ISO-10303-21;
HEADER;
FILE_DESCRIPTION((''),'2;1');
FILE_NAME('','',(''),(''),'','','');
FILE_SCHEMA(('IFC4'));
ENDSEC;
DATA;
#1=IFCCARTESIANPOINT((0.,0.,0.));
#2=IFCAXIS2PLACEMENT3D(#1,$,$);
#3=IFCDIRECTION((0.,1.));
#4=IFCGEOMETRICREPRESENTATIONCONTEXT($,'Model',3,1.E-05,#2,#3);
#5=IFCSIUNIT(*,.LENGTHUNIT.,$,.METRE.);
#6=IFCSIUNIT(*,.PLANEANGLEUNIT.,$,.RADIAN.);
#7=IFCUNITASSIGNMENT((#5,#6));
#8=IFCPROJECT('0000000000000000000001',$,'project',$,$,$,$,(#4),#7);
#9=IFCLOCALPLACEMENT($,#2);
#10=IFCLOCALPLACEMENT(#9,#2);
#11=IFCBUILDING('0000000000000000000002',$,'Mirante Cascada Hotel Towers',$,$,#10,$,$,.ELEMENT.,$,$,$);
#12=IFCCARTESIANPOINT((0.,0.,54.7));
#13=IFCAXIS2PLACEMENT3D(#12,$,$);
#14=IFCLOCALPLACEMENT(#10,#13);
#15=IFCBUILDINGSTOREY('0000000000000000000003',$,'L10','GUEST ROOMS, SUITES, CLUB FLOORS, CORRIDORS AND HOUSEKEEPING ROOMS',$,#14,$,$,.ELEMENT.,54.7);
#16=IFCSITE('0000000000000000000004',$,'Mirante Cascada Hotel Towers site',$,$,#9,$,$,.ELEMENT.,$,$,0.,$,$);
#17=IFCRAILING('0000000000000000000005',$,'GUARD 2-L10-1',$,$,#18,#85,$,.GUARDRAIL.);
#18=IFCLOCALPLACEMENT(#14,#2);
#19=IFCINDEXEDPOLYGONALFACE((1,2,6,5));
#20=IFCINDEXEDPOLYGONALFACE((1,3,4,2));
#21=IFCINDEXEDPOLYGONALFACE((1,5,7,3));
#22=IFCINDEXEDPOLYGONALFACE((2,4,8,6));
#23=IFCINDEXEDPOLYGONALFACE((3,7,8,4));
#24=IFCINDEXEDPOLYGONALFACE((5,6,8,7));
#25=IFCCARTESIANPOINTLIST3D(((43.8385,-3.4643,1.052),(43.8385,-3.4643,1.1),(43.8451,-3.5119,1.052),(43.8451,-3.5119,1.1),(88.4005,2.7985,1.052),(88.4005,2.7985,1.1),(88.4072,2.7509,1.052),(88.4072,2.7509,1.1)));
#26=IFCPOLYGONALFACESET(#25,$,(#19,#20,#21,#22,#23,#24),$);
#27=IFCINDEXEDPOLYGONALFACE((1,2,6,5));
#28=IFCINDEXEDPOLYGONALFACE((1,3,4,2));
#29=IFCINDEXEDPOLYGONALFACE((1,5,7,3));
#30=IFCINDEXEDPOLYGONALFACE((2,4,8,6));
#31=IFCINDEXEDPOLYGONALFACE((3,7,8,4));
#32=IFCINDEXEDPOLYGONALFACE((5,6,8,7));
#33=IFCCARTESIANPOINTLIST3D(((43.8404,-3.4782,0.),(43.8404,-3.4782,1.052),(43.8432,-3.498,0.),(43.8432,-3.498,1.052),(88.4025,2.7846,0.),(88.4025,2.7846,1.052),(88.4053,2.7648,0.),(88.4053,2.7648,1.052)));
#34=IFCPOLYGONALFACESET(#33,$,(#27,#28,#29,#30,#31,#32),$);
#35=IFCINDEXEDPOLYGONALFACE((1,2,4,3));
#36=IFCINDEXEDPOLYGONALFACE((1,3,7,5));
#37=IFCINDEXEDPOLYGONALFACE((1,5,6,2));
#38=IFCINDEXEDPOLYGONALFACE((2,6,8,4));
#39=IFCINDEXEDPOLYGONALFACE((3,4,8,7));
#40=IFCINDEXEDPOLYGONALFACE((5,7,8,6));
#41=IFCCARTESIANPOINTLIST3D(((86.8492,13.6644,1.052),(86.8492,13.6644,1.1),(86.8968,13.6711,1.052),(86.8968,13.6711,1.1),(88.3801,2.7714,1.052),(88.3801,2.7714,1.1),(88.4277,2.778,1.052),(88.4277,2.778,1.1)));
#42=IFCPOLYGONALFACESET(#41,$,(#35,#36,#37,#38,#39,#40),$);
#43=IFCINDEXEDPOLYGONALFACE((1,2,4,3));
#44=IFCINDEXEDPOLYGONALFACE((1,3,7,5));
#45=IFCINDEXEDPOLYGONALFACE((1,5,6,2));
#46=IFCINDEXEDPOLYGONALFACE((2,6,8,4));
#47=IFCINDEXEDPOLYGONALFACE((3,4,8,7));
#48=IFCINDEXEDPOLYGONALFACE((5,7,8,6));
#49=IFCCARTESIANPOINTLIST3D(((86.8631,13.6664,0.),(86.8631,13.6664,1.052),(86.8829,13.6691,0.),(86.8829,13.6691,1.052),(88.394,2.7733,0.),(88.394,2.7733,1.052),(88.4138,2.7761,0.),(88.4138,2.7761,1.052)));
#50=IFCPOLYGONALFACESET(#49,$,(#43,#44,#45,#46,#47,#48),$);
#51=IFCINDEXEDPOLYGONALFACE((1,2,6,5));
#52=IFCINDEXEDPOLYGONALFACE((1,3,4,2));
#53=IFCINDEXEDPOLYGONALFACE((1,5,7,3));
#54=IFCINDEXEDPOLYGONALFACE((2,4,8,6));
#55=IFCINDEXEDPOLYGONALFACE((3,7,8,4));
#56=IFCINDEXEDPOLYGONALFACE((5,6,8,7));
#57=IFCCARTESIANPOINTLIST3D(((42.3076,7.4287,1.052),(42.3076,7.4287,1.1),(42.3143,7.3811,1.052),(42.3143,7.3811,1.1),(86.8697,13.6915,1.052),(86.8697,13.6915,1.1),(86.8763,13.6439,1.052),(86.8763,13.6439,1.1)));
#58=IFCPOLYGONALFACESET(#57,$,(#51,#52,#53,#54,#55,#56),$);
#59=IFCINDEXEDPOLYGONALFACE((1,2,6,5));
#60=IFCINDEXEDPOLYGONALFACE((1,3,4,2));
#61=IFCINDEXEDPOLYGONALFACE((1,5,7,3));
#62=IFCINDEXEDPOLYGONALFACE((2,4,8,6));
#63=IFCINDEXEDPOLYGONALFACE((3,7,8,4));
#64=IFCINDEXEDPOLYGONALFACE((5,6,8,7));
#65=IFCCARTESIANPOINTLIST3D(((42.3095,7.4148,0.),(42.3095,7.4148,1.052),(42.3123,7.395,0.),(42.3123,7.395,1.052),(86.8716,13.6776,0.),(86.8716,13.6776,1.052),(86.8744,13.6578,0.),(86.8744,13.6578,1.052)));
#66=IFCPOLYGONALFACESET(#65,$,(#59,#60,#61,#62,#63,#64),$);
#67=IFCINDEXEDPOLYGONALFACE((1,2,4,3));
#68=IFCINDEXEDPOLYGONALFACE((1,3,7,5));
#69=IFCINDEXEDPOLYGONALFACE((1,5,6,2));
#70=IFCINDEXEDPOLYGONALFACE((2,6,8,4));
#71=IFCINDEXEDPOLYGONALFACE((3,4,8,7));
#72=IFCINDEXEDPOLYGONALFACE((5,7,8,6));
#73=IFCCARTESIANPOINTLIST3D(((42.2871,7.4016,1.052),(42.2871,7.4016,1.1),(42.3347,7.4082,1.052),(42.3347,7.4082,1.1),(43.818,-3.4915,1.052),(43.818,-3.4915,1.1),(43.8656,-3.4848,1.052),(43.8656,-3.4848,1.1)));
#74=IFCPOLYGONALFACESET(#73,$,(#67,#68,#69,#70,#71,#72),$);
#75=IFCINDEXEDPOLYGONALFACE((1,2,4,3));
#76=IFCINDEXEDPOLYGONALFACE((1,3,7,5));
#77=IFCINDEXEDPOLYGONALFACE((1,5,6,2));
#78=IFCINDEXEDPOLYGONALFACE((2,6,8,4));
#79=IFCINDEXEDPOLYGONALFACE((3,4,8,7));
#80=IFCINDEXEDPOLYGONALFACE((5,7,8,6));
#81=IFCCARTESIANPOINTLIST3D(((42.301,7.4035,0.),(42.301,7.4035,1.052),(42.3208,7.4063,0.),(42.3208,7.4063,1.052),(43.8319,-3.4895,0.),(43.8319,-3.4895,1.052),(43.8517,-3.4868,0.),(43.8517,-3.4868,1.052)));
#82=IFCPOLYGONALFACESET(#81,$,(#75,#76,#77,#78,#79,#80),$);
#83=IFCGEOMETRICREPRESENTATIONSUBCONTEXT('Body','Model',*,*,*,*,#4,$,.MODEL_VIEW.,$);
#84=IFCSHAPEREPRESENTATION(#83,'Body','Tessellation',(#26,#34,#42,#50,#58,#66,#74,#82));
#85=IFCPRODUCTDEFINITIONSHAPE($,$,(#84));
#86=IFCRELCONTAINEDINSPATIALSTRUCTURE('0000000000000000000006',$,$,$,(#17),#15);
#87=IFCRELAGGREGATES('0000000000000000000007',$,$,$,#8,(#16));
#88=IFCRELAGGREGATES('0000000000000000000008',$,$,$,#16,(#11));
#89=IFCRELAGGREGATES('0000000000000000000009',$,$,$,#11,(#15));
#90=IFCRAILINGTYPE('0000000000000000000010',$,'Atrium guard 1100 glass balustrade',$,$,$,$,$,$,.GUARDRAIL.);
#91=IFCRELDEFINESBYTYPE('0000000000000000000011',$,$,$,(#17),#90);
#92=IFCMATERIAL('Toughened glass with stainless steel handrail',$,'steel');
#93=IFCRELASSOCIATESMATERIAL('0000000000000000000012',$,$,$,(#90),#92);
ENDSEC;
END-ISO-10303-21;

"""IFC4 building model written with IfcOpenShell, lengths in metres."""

from ifc_helpers import new_model, si_unit, direction, frame, origin, origin_2d, place, context, subcontext, project, spatial, rectangle, extrude, material, type_object, element, save


model = new_model("IFC4")

# Units and contexts
model_context = context("Model", 3, precision=1e-05, world=origin(), true_north=direction((0.0, 1.0)))
body_context = subcontext(model_context, "Body", "Model", "MODEL_VIEW")
ifc_project = project(units=[si_unit("LENGTHUNIT", "METRE"), si_unit("PLANEANGLEUNIT", "RADIAN")], contexts=[model_context])

# Site, building, storey
site_placement = place(None, origin())
site = spatial("IfcSite", under=ifc_project, at=site_placement, Name="Mirante Cascada Hotel Towers site", CompositionType="ELEMENT", RefElevation=0.0)
building_placement = place(site_placement, origin())
building = spatial("IfcBuilding", under=site, at=building_placement, Name="Mirante Cascada Hotel Towers", CompositionType="ELEMENT")
storey_placement = place(building_placement, frame((0.0, 0.0, 54.7)))
storey = spatial("IfcBuildingStorey", under=building, at=storey_placement, Name="L10", Description="GUEST ROOMS, SUITES, CLUB FLOORS, CORRIDORS AND HOUSEKEEPING ROOMS", CompositionType="ELEMENT", Elevation=54.7)

# Railing
ifc_material_1 = material(Name="Toughened glass with stainless steel handrail", Category="steel")
railing_type = type_object("IfcRailingType", Name="Atrium guard 1100 glass balustrade", PredefinedType="GUARDRAIL", material=ifc_material_1)
railing_placement = place(storey_placement, frame((43.8418, -3.4881, 0.0)))
element("IfcRailing", 1, at=railing_placement, inside=storey, type_object=railing_type, Name="GUARD 2-L10-1", PredefinedType="GUARDRAIL", context=body_context, shape_type="SweptSolid", body=[
    extrude(rectangle(XDim=0.048, YDim=0.048, at=origin_2d()), frame((0.0, 0.0, 1.076), z_axis=(0.990268, 0.139173, 0.0), x_axis=(-0.139173, 0.990268, 0.0)), (0.0, 0.0, 1.0), 45.0),
    extrude(rectangle(XDim=0.02, YDim=1.052, at=origin_2d()), frame((0.0, 0.0, 0.526), z_axis=(0.990268, 0.139173, 0.0), x_axis=(-0.139173, 0.990268, 0.0)), (0.0, 0.0, 1.0), 45.0),
    extrude(rectangle(XDim=0.048, YDim=0.048, at=origin_2d()), frame((44.5621, 6.2628, 1.076), z_axis=(-0.139172, 0.990268, 0.0), x_axis=(-0.990268, -0.139172, 0.0)), (0.0, 0.0, 1.0), 11.0001),
    extrude(rectangle(XDim=0.02, YDim=1.052, at=origin_2d()), frame((44.5621, 6.2628, 0.526), z_axis=(-0.139172, 0.990268, 0.0), x_axis=(-0.990268, -0.139172, 0.0)), (0.0, 0.0, 1.0), 11.0001),
    extrude(rectangle(XDim=0.048, YDim=0.048, at=origin_2d()), frame((43.0312, 17.1558, 1.076), z_axis=(-0.990268, -0.139173, 0.0), x_axis=(0.139173, -0.990268, 0.0)), (0.0, 0.0, 1.0), 45.0),
    extrude(rectangle(XDim=0.02, YDim=1.052, at=origin_2d()), frame((43.0312, 17.1558, 0.526), z_axis=(-0.990268, -0.139173, 0.0), x_axis=(0.139173, -0.990268, 0.0)), (0.0, 0.0, 1.0), 45.0),
    extrude(rectangle(XDim=0.048, YDim=0.048, at=origin_2d()), frame((-1.5309, 10.893, 1.076), z_axis=(0.139172, -0.990268, 0.0), x_axis=(0.990268, 0.139172, 0.0)), (0.0, 0.0, 1.0), 11.0001),
    extrude(rectangle(XDim=0.02, YDim=1.052, at=origin_2d()), frame((-1.5309, 10.893, 0.526), z_axis=(0.139172, -0.990268, 0.0), x_axis=(0.990268, 0.139172, 0.0)), (0.0, 0.0, 1.0), 11.0001),
])

save(model, "model.ifc")
